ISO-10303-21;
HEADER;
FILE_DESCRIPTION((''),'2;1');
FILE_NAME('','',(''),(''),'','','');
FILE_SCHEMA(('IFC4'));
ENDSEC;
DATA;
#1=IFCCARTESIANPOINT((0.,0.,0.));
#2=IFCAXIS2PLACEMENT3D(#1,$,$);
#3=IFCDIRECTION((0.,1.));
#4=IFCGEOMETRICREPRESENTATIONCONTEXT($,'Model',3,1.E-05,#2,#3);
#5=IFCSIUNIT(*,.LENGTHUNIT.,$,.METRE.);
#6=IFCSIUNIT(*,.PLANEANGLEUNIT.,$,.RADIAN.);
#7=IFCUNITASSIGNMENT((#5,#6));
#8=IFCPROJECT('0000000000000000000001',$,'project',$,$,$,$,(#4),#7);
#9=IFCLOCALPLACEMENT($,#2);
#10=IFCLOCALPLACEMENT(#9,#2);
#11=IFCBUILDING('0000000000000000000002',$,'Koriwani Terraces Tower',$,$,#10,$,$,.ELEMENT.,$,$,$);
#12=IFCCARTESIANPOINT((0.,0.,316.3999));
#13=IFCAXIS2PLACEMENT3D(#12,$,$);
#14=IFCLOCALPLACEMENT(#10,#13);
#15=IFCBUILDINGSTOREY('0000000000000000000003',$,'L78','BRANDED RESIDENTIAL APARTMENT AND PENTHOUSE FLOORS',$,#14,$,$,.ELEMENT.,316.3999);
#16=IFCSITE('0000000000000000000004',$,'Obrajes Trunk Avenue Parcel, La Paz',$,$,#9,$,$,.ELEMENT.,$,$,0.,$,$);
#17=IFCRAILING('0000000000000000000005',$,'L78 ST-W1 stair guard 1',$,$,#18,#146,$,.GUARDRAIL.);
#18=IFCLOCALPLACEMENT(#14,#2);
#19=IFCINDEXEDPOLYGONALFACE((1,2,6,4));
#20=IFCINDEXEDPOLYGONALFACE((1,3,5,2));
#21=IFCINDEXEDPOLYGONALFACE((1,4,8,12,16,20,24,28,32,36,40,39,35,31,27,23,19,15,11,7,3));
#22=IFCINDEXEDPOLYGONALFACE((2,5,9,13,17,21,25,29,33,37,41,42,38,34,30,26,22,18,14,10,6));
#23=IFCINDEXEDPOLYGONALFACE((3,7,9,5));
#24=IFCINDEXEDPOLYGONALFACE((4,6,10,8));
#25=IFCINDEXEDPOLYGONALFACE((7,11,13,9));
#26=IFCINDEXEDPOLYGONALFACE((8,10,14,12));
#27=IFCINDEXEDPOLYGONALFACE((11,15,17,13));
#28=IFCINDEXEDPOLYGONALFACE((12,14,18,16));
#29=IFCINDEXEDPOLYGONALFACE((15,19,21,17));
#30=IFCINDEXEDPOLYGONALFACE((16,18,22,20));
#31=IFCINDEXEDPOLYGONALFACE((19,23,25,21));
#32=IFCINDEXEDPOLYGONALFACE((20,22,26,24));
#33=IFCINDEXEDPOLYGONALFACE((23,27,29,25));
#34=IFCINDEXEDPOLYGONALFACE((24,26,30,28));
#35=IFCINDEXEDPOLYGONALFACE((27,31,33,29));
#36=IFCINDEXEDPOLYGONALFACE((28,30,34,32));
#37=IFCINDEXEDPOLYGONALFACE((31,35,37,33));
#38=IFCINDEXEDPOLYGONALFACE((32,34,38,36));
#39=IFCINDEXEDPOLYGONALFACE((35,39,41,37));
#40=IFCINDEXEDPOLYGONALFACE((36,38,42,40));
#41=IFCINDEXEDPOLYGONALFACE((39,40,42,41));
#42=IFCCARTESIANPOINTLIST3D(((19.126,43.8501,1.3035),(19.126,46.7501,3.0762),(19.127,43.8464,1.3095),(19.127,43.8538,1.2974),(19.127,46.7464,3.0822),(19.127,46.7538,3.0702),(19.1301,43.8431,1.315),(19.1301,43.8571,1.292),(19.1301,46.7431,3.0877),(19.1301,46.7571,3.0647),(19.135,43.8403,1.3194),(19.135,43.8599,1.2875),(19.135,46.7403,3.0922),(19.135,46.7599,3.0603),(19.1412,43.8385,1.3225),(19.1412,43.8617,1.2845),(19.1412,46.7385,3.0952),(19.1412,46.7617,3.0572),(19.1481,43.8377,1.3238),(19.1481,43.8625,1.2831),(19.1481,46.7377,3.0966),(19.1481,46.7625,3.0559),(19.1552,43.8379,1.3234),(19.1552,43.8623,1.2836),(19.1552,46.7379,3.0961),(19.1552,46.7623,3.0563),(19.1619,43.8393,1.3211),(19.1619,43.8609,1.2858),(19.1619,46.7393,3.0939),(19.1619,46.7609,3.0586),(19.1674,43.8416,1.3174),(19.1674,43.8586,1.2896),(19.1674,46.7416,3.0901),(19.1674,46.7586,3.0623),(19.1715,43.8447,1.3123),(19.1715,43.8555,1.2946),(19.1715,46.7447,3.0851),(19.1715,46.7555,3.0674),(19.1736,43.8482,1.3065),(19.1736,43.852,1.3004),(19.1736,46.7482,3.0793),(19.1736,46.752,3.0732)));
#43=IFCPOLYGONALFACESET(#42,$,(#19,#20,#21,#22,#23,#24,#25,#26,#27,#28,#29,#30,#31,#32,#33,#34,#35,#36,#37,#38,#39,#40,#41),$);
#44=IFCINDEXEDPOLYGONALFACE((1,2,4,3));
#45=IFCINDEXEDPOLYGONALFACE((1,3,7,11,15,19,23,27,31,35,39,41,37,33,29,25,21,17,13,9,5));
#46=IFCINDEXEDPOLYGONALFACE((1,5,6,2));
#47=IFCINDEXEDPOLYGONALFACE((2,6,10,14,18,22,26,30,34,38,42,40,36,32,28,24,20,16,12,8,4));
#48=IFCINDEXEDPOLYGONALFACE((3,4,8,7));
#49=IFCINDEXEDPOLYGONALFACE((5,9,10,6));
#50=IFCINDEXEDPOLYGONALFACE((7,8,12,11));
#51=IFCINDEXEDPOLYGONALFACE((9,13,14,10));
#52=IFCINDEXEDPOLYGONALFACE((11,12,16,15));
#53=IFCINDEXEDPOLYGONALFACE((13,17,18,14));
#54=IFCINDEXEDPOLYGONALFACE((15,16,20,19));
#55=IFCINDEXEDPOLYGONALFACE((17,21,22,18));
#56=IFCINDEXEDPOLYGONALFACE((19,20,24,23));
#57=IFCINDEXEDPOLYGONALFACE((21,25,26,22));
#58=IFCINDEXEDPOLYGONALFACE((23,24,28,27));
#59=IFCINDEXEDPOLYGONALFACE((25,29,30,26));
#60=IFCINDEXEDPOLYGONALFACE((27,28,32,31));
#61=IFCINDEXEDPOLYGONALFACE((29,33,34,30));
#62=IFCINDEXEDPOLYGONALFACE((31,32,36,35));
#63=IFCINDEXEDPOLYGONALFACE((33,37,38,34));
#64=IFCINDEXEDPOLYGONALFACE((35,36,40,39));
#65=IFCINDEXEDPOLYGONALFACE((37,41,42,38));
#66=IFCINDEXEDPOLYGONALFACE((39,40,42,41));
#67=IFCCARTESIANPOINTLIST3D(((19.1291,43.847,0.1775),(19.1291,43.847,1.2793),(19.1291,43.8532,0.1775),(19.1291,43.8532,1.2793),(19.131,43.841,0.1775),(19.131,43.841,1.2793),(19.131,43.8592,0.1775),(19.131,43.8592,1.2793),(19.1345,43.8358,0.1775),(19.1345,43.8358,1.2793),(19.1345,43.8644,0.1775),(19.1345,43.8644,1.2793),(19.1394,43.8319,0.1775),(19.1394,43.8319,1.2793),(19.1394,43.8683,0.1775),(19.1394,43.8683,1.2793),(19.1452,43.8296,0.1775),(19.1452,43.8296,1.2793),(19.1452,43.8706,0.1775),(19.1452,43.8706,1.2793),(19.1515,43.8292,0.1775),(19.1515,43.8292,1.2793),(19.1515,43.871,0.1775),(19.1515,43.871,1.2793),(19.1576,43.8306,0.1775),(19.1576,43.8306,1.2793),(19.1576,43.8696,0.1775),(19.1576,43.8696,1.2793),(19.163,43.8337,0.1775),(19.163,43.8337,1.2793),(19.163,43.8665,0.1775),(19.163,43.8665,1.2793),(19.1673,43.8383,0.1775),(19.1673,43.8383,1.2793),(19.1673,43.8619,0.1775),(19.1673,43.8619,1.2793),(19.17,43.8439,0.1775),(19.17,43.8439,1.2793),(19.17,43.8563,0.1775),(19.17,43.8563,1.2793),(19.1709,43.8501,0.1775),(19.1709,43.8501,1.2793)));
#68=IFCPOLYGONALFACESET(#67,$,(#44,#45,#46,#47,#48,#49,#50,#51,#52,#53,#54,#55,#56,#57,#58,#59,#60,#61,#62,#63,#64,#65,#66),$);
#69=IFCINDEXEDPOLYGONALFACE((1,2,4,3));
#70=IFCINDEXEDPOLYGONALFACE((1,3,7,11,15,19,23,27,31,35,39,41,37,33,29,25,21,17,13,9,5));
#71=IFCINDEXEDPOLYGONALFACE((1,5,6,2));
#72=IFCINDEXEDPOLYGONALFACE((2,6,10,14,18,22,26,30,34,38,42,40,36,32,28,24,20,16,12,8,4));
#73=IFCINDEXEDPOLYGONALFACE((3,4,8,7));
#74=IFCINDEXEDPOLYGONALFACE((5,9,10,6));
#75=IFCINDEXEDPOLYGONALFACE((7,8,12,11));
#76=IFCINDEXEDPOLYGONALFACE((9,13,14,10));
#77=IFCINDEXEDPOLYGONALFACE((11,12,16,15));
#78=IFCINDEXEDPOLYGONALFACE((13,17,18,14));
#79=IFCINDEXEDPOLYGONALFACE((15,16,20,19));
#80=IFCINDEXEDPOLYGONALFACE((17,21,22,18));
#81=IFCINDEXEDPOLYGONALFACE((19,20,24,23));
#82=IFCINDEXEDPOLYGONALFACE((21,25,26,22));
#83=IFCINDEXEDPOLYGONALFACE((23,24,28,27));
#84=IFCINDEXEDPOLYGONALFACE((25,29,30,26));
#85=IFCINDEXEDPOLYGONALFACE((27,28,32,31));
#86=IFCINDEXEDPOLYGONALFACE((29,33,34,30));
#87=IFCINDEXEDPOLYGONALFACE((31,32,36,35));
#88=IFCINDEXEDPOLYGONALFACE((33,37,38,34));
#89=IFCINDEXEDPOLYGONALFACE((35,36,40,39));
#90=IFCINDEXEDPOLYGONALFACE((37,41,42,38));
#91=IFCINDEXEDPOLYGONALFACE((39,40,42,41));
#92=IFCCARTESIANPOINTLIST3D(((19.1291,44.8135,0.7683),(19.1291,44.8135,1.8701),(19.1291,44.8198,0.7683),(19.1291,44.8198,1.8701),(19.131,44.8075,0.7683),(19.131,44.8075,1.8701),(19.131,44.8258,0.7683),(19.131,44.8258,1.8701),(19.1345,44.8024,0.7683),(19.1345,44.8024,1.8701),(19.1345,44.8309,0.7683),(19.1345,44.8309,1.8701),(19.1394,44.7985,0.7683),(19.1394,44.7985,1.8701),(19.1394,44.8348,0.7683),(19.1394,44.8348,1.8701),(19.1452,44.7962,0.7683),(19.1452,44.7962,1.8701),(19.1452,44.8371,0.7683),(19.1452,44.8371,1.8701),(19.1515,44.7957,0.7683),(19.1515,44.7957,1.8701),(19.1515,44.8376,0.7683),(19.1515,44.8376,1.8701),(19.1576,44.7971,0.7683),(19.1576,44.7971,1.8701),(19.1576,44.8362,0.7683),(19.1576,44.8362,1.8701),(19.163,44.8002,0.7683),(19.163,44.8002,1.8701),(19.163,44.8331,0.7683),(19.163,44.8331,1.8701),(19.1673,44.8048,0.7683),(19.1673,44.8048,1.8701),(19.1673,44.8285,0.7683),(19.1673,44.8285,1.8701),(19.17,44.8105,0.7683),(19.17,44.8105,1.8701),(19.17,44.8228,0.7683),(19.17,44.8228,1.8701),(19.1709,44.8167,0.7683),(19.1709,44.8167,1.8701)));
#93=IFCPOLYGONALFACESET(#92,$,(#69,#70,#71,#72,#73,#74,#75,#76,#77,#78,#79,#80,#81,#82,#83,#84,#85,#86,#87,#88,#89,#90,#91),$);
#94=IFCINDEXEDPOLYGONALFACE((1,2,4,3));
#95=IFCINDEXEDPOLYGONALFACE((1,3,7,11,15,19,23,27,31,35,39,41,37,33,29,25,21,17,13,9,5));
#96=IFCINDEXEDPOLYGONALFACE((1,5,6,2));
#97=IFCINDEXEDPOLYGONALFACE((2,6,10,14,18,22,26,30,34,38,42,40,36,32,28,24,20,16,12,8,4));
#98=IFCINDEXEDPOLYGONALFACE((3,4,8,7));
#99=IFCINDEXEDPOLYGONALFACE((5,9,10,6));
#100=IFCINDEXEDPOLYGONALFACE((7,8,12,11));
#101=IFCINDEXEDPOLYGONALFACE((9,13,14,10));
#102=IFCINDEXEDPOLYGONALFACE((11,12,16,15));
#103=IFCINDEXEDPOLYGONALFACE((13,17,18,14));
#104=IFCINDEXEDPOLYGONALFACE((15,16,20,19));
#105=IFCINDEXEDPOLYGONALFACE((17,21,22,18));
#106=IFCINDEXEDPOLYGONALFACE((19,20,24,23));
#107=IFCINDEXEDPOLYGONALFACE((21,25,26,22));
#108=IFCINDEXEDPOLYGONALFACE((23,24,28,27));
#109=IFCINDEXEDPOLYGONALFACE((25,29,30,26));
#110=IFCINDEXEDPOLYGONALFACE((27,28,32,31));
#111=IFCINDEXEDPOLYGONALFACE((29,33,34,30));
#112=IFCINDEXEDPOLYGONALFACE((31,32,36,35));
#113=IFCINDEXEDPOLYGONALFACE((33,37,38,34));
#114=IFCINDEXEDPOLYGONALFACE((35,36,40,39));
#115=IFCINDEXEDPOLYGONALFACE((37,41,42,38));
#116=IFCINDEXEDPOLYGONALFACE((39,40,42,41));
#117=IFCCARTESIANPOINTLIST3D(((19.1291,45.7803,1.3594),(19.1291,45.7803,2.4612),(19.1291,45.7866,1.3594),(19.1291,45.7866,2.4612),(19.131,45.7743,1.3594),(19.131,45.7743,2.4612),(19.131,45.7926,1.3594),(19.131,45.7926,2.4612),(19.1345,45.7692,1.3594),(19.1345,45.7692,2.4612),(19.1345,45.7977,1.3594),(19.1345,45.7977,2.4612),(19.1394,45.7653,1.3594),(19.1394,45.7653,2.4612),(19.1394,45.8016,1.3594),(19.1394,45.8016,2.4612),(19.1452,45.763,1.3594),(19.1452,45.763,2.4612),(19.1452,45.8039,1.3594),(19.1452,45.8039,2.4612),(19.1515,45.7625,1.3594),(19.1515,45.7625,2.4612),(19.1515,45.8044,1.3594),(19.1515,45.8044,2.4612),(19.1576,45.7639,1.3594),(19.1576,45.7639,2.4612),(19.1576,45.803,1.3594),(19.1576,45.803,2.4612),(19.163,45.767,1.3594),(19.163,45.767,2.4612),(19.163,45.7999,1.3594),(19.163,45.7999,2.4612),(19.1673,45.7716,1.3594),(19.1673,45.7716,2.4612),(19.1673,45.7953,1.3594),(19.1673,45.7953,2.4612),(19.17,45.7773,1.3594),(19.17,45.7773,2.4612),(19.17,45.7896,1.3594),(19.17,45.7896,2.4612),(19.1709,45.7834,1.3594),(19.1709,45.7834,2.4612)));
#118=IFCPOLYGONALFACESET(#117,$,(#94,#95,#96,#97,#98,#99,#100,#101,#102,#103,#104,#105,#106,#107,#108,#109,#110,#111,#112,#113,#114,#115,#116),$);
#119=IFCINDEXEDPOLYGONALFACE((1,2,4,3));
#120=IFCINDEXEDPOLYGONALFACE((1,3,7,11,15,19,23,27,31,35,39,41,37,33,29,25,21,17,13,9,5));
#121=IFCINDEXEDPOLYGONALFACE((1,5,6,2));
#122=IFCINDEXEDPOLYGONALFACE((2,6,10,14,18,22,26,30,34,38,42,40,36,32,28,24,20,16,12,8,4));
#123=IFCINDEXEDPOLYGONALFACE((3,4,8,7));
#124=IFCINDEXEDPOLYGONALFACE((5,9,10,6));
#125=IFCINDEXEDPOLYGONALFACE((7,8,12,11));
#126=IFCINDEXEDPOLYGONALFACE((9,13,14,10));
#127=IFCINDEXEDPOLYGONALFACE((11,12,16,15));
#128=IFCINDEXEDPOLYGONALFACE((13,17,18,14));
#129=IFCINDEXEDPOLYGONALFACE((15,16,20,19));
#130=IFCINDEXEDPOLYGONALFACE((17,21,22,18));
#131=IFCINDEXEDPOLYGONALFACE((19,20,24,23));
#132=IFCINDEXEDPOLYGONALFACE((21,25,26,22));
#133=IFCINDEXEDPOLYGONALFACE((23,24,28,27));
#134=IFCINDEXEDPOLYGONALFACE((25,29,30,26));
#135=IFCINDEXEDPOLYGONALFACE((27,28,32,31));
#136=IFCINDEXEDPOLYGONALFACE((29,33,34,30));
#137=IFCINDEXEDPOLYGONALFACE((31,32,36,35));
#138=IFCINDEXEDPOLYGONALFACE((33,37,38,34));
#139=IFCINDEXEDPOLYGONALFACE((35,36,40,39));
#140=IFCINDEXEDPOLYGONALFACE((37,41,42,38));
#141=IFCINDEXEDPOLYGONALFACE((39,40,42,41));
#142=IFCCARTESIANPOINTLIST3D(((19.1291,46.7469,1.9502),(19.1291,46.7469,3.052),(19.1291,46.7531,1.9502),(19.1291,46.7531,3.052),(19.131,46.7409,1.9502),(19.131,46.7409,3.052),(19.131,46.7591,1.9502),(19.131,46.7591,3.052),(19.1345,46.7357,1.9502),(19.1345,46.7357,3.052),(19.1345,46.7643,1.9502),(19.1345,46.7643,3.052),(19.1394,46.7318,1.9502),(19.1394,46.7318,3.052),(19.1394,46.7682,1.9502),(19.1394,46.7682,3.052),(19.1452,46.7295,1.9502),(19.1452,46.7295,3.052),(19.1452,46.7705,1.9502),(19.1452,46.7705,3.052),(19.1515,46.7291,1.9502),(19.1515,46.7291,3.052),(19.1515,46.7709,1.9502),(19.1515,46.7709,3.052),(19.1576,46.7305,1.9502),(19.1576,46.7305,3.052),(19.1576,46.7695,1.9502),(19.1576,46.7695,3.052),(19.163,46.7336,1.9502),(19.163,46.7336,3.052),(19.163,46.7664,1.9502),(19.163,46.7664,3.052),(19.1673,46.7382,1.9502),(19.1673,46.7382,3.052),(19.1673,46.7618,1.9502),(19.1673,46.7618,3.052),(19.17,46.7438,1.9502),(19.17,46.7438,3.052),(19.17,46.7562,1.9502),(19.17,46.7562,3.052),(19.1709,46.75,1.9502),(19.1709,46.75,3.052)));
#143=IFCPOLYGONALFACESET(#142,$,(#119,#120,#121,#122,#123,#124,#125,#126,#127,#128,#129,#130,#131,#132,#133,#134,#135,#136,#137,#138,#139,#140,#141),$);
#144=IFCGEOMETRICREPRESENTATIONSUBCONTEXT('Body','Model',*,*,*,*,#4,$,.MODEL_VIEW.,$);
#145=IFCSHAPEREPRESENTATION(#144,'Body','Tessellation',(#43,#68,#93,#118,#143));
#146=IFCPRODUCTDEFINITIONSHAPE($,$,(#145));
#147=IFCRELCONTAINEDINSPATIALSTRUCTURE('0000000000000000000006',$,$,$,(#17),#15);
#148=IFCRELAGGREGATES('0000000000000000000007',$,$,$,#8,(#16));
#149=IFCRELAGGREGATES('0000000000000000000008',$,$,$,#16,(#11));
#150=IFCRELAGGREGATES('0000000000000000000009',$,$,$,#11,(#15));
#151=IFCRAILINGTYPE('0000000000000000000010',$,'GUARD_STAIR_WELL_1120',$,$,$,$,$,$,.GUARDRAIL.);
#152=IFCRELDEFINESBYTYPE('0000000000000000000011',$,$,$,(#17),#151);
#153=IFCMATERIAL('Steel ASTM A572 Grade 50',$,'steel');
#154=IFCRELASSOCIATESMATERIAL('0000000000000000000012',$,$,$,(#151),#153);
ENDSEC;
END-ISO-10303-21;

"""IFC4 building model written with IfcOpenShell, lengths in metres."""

from ifc_helpers import new_model, si_unit, direction, frame, origin, origin_2d, place, context, subcontext, project, spatial, circle, extrude, material, type_object, element, save


model = new_model("IFC4")

# Units and contexts
model_context = context("Model", 3, precision=1e-05, world=origin(), true_north=direction((0.0, 1.0)))
body_context = subcontext(model_context, "Body", "Model", "MODEL_VIEW")
ifc_project = project(units=[si_unit("LENGTHUNIT", "METRE"), si_unit("PLANEANGLEUNIT", "RADIAN")], contexts=[model_context])

# Site, building, storey
site_placement = place(None, origin())
site = spatial("IfcSite", under=ifc_project, at=site_placement, Name="Obrajes Trunk Avenue Parcel, La Paz", CompositionType="ELEMENT", RefElevation=0.0)
building_placement = place(site_placement, origin())
building = spatial("IfcBuilding", under=site, at=building_placement, Name="Koriwani Terraces Tower", CompositionType="ELEMENT")
storey_placement = place(building_placement, frame((0.0, 0.0, 316.3999)))
storey = spatial("IfcBuildingStorey", under=building, at=storey_placement, Name="L78", Description="BRANDED RESIDENTIAL APARTMENT AND PENTHOUSE FLOORS", CompositionType="ELEMENT", Elevation=316.3999)

# Shared definitions
ifc_material_1 = material(Name="Steel ASTM A572 Grade 50", Category="steel")

# Railing
railing_type_1 = type_object("IfcRailingType", Name="GUARD_STAIR_WELL_1120", PredefinedType="GUARDRAIL", material=ifc_material_1)
railing_1_placement = place(storey_placement, frame((19.1499, 43.8501, 0.1775)))
element("IfcRailing", 1, at=railing_1_placement, inside=storey, type_object=railing_type_1, Name="L78 ST-W1 stair guard 1", PredefinedType="GUARDRAIL", context=body_context, shape_type="SweptSolid", body=[
    extrude(circle(Radius=0.0239, at=origin_2d()), frame((0.0, 0.0, 1.126), z_axis=(0.0, 0.853211, 0.521566), x_axis=(-1.0, 0.0, 0.0)), (0.0, 0.0, 1.0), 3.3989),
    extrude(circle(Radius=0.021, at=origin_2d()), origin(), (0.0, 0.0, 1.0), 1.1018),
    extrude(circle(Radius=0.021, at=origin_2d()), frame((0.0, 0.9666, 0.5908)), (0.0, 0.0, 1.0), 1.1018),
    extrude(circle(Radius=0.021, at=origin_2d()), frame((0.0, 1.9333, 1.1819)), (0.0, 0.0, 1.0), 1.1018),
    extrude(circle(Radius=0.021, at=origin_2d()), frame((0.0, 2.8999, 1.7727)), (0.0, 0.0, 1.0), 1.1018),
])

save(model, "model.ifc")
